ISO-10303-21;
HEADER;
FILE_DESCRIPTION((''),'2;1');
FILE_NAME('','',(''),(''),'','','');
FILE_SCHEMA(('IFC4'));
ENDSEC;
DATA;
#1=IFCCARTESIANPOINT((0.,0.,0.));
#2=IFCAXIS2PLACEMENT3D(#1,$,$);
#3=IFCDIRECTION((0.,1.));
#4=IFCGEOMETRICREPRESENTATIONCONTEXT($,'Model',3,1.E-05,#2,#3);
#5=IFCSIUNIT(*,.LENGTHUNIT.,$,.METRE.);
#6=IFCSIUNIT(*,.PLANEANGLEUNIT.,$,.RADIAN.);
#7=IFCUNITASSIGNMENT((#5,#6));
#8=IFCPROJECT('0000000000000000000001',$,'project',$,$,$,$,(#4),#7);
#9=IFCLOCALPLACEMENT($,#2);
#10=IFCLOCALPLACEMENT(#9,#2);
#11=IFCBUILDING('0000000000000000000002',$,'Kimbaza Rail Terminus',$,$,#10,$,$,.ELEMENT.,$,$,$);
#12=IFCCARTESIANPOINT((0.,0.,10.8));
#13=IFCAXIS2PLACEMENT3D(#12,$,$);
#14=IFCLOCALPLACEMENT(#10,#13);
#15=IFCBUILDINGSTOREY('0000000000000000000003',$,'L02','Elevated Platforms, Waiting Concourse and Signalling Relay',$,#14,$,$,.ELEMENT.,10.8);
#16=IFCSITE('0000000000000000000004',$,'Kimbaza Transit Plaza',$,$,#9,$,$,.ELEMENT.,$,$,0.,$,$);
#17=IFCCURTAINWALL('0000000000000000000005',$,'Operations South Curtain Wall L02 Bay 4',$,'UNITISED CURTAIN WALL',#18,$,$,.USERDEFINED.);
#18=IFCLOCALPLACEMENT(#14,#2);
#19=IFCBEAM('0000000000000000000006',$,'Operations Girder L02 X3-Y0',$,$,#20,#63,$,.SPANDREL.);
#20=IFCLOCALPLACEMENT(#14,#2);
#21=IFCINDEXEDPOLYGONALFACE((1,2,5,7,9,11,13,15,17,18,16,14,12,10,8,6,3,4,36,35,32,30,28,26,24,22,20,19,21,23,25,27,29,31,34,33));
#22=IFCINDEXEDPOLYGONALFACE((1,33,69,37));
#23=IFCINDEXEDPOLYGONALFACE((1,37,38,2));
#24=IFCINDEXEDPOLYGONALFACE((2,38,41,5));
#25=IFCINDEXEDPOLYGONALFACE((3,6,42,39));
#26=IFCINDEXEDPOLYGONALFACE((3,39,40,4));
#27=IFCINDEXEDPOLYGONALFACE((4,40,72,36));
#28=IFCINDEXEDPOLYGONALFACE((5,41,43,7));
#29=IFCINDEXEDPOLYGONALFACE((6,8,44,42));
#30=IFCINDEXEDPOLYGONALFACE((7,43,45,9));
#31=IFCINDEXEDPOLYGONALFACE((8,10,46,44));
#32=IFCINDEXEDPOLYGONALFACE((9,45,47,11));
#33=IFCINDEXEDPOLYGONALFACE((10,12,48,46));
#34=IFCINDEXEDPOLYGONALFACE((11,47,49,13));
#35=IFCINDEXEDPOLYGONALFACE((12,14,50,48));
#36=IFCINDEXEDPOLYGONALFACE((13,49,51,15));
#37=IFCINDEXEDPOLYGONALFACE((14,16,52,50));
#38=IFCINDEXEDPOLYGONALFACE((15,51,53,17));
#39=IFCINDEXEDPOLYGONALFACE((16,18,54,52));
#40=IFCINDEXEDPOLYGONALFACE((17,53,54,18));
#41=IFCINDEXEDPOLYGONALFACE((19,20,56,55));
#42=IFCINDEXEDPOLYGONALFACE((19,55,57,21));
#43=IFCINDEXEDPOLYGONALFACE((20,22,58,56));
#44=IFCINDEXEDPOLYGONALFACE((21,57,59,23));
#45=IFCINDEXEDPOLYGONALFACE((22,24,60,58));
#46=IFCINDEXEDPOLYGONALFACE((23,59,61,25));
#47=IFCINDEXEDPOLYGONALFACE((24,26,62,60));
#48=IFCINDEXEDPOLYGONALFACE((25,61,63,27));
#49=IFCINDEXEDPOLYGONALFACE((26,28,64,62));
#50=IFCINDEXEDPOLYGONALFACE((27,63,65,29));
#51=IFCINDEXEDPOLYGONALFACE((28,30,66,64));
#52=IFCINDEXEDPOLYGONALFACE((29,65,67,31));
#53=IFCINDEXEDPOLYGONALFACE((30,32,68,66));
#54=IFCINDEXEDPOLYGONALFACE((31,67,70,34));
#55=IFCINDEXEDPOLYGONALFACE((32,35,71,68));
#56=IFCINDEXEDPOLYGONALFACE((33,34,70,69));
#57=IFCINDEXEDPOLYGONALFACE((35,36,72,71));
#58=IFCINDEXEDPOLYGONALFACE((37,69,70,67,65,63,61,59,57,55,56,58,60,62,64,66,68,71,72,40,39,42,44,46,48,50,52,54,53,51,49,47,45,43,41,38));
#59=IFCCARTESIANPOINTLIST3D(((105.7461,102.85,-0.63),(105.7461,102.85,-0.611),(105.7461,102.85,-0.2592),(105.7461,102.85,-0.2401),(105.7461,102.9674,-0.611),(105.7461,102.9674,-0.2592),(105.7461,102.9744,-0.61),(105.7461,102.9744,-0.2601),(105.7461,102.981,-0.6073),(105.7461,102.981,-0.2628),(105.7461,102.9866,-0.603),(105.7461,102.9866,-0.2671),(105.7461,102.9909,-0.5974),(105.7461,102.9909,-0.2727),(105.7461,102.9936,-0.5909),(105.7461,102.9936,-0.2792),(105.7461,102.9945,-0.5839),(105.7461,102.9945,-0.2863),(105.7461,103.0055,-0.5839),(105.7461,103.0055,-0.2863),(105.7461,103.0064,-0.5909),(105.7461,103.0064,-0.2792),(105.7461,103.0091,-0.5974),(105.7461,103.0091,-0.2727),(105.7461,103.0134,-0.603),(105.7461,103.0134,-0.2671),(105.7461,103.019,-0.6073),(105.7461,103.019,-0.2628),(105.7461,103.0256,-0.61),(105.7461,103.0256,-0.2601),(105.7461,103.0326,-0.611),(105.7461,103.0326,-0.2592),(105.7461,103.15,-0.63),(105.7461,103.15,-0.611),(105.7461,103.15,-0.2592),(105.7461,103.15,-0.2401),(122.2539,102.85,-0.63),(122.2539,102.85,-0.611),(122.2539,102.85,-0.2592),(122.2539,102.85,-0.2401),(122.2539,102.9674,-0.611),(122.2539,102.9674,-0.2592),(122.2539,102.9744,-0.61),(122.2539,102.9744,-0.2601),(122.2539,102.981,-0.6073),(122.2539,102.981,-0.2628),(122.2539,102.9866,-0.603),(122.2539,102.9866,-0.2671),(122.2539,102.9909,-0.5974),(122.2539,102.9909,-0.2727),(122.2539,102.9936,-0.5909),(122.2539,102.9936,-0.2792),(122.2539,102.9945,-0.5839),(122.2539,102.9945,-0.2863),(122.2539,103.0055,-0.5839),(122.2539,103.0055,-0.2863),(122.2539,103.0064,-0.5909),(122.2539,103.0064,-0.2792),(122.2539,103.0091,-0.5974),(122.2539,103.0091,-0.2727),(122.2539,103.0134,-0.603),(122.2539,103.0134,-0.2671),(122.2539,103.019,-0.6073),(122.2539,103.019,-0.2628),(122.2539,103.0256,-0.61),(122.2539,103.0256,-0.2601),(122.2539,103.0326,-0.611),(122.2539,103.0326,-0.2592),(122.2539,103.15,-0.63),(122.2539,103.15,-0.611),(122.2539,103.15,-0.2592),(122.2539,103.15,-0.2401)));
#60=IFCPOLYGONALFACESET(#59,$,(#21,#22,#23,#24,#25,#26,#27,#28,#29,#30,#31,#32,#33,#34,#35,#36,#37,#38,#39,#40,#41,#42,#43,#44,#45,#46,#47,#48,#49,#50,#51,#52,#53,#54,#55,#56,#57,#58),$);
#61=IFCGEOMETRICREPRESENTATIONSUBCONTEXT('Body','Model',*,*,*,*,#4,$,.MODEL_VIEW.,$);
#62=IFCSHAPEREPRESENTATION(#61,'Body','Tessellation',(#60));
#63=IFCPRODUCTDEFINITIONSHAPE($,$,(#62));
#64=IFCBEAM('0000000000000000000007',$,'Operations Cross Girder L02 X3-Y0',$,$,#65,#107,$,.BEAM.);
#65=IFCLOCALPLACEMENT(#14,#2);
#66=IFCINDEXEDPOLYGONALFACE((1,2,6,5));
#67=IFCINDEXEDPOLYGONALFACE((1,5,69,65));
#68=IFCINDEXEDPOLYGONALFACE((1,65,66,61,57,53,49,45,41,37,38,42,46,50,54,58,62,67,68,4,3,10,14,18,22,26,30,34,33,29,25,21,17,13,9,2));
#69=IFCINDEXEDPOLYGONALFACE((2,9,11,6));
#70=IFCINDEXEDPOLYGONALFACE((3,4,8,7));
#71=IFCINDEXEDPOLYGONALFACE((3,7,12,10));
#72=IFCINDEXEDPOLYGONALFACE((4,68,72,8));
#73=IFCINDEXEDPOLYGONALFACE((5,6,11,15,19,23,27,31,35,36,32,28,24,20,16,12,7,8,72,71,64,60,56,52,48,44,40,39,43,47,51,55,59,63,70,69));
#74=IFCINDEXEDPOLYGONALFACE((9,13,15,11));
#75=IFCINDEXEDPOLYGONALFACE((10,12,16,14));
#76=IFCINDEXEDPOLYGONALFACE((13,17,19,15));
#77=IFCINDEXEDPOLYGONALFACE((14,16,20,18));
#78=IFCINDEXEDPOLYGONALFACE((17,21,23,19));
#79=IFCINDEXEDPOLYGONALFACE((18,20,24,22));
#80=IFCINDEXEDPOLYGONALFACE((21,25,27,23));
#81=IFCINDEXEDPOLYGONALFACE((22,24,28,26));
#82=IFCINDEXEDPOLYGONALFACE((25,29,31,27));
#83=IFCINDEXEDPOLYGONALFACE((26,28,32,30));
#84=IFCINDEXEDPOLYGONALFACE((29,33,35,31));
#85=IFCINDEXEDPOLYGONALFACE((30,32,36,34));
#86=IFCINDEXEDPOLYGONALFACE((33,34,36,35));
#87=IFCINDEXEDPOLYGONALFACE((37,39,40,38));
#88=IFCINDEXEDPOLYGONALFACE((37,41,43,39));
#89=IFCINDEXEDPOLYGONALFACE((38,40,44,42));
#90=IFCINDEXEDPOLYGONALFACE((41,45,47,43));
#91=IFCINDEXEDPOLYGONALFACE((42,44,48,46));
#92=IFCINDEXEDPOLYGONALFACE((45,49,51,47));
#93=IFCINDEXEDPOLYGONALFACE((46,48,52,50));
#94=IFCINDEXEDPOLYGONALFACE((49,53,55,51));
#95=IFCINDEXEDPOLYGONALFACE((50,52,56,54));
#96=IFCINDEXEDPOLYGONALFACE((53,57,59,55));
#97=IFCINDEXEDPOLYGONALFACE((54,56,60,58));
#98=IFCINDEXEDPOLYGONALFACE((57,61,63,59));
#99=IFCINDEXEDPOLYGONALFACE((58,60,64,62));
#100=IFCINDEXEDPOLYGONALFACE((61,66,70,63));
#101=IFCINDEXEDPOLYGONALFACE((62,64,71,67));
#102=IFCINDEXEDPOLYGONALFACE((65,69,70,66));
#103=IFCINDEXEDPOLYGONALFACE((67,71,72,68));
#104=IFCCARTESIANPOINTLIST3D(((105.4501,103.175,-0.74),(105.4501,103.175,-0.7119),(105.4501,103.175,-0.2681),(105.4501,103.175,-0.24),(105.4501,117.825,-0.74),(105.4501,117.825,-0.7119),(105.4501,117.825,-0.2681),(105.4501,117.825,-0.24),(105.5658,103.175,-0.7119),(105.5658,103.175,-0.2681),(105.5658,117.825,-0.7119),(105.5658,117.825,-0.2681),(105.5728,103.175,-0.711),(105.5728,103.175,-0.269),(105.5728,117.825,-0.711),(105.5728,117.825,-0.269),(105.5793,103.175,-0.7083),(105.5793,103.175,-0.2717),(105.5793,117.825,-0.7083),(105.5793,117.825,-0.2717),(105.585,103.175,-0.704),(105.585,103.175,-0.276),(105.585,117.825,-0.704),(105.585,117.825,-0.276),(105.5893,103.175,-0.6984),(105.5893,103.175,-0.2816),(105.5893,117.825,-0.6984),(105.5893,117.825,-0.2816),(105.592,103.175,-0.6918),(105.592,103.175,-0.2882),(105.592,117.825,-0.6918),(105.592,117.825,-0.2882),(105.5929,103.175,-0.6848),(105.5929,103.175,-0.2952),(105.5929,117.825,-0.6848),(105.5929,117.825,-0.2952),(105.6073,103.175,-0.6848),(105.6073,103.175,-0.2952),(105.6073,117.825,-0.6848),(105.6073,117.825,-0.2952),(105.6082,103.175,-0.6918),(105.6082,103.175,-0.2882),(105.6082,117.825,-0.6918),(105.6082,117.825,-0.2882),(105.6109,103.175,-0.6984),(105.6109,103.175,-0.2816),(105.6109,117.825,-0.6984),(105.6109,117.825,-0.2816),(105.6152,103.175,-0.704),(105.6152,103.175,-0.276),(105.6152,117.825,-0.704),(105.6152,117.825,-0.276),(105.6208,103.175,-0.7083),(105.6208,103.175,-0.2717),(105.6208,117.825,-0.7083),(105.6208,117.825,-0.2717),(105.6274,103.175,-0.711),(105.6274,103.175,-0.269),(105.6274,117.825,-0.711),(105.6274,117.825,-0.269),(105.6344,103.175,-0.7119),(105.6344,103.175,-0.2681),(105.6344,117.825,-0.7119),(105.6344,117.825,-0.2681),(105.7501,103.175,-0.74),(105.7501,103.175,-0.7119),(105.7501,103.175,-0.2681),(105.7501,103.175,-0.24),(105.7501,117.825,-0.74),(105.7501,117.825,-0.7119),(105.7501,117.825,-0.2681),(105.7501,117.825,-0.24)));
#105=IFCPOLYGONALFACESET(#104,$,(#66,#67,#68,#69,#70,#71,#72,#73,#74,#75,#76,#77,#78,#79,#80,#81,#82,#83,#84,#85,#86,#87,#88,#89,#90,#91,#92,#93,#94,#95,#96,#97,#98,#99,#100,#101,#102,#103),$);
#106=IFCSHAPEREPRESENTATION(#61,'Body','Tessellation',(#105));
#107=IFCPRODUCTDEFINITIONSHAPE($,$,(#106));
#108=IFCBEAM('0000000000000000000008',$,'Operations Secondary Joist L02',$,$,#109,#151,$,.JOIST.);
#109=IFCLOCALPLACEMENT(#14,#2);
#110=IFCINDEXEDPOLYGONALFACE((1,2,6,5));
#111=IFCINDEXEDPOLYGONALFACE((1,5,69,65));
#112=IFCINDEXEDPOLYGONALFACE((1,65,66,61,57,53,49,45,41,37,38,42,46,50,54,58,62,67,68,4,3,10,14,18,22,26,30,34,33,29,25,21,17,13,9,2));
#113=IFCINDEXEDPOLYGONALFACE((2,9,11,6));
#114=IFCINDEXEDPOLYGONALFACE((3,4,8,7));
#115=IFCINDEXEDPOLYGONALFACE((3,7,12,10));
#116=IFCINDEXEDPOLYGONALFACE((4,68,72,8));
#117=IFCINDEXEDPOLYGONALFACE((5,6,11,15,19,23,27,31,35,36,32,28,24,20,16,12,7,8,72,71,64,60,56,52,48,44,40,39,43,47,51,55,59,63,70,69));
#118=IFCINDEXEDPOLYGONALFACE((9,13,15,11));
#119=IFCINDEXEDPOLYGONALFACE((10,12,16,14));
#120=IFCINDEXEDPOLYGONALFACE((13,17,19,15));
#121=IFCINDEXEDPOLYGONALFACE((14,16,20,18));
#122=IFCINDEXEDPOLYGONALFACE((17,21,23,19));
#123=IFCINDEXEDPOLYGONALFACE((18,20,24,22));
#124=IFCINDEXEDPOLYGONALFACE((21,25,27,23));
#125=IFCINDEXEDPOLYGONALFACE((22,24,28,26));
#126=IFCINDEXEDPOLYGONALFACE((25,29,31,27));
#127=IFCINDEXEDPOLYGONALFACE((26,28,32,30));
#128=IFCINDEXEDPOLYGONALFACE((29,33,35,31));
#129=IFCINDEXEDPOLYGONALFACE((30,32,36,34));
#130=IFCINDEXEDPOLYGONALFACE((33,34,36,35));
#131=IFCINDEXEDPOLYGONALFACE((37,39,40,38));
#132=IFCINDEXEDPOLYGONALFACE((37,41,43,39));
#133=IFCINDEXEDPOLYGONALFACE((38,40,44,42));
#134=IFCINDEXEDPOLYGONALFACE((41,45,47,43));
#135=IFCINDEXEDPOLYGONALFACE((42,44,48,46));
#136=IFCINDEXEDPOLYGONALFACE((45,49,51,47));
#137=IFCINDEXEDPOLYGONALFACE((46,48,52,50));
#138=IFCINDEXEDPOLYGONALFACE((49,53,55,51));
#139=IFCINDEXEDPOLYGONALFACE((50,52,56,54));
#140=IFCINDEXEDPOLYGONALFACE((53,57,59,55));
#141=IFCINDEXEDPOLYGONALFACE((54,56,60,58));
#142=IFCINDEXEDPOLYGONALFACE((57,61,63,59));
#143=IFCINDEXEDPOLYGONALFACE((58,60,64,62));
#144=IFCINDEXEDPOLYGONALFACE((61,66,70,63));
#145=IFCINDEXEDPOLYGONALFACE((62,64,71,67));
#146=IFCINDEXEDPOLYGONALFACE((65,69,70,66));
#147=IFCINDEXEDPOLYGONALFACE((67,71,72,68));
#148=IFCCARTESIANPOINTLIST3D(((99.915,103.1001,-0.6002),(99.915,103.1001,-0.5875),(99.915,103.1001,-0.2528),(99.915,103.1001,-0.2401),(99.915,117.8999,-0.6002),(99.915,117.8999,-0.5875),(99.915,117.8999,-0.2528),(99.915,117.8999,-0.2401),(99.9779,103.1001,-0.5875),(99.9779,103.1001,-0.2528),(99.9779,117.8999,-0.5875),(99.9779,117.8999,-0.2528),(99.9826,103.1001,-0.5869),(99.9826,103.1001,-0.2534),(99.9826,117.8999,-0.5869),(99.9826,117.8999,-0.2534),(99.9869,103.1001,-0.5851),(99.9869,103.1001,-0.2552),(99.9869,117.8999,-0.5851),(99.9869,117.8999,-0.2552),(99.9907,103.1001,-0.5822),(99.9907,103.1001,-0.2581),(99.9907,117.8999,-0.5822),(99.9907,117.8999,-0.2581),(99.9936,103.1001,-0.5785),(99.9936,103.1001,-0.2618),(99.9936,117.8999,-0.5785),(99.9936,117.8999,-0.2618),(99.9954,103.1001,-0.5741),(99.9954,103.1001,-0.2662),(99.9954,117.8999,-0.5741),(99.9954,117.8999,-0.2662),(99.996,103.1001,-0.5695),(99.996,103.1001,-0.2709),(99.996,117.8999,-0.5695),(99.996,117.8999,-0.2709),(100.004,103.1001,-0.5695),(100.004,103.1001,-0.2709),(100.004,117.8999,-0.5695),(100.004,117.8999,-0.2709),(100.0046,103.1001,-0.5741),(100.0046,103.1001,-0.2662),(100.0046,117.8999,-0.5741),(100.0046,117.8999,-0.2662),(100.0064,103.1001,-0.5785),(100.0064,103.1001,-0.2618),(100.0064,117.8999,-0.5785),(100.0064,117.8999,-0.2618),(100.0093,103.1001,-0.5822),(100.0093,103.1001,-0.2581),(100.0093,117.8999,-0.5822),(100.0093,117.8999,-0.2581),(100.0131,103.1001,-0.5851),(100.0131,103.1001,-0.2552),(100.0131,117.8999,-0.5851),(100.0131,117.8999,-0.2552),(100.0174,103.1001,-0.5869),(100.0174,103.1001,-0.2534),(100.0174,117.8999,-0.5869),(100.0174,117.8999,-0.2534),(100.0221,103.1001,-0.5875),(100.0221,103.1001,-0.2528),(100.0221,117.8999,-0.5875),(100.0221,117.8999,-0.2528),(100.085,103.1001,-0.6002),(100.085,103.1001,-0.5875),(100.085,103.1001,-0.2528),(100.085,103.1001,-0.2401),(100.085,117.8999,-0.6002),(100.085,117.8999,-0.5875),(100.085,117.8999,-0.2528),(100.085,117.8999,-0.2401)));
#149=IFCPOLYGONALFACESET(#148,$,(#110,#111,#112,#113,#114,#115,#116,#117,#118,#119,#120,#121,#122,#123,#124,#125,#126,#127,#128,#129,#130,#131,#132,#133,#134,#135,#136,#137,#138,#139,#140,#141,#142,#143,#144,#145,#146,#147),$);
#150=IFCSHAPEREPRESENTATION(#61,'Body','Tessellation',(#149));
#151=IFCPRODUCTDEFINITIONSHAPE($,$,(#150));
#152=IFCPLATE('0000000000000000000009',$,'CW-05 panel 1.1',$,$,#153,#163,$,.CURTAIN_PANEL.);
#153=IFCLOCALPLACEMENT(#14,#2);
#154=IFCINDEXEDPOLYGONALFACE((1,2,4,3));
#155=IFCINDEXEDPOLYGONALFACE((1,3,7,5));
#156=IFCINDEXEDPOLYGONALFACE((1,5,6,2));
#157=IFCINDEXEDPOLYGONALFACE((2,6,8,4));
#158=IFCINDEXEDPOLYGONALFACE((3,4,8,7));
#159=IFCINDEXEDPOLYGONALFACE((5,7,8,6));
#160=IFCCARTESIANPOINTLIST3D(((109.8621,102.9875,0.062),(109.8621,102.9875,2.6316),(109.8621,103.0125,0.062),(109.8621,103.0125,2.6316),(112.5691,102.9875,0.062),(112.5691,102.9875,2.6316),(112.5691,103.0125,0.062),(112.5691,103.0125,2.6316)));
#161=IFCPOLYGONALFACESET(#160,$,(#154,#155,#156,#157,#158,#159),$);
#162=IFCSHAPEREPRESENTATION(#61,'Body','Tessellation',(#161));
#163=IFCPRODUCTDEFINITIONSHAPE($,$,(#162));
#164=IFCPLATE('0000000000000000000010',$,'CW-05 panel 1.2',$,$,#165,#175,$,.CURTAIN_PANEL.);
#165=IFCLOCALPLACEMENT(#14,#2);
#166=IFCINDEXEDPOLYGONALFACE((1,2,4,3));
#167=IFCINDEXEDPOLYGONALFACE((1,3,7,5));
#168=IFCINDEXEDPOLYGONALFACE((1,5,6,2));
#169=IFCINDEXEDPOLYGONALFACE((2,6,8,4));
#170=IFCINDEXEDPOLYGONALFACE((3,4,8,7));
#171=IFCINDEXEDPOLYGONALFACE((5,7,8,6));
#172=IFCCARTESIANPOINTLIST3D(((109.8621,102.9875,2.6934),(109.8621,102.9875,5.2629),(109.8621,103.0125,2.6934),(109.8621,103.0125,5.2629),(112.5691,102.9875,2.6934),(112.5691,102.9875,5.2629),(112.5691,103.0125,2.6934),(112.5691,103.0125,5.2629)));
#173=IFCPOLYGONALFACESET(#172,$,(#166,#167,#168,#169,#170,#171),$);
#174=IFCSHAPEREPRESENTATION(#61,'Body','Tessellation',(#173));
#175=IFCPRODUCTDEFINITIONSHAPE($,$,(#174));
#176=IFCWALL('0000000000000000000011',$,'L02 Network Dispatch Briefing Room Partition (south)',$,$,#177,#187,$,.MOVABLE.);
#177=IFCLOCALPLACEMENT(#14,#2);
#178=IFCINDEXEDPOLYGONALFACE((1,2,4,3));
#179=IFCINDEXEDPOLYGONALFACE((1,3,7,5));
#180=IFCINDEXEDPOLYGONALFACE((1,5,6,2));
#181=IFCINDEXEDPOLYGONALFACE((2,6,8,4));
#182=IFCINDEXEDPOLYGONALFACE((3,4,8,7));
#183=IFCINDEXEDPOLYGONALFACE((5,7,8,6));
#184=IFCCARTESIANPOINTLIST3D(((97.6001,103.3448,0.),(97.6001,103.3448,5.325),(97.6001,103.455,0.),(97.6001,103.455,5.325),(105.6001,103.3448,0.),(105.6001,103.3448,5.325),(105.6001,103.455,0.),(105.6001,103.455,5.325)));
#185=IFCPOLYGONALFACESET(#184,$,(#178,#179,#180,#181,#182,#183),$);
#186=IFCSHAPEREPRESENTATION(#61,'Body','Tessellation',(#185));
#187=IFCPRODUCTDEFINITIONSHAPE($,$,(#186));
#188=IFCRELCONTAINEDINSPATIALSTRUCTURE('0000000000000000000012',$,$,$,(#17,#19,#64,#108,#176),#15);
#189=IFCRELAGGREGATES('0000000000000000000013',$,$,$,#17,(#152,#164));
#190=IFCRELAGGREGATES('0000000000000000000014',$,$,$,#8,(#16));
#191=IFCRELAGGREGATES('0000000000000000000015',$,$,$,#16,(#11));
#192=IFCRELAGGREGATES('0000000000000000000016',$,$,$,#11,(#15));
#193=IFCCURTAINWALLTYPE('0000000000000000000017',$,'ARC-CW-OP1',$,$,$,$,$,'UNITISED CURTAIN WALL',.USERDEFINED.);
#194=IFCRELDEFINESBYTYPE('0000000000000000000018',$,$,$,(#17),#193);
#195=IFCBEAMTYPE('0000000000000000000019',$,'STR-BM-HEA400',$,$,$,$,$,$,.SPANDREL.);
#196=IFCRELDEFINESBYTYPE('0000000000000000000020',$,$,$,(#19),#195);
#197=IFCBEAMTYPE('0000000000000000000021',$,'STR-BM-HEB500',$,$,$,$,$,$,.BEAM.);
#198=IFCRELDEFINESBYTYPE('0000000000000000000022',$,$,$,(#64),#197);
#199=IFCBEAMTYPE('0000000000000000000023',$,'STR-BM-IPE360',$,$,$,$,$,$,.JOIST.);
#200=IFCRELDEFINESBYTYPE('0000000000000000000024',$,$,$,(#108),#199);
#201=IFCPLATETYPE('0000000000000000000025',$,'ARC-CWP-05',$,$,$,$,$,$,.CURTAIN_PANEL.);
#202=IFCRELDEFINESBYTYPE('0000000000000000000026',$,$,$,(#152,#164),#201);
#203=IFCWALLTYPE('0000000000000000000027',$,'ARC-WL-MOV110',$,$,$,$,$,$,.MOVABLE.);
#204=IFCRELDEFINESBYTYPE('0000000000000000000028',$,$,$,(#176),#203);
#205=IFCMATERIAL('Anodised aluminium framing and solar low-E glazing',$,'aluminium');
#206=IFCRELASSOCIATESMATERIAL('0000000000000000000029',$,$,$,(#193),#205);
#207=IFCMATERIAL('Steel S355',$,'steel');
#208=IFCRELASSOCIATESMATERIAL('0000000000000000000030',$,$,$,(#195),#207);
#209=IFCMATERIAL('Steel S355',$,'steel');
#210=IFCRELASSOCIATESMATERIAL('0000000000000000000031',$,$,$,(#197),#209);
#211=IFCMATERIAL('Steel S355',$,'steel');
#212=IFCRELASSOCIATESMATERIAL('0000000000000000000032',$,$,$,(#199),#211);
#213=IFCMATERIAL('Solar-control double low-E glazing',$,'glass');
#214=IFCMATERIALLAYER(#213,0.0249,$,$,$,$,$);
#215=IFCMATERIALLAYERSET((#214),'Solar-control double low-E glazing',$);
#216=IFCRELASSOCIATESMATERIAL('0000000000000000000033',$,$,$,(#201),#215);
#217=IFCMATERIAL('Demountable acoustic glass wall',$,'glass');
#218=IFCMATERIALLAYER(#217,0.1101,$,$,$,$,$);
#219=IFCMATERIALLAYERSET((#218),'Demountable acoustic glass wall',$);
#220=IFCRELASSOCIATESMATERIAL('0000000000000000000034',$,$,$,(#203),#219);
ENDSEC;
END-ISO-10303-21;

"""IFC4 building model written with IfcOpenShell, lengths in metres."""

from ifc_helpers import new_model, si_unit, direction, frame, frame_2d, origin, origin_2d, place, context, subcontext, project, spatial, rectangle, i_section, extrude, material, layer, layer_set, material_profile, profile_set, type_object, element, aggregate, save


model = new_model("IFC4")

# Units and contexts
model_context = context("Model", 3, precision=1e-05, world=origin(), true_north=direction((0.0, 1.0)))
body_context = subcontext(model_context, "Body", "Model", "MODEL_VIEW")
ifc_project = project(units=[si_unit("LENGTHUNIT", "METRE"), si_unit("PLANEANGLEUNIT", "RADIAN")], contexts=[model_context])

# Site, building, storey
site_placement = place(None, origin())
site = spatial("IfcSite", under=ifc_project, at=site_placement, Name="Kimbaza Transit Plaza", CompositionType="ELEMENT", RefElevation=0.0)
building_placement = place(site_placement, origin())
building = spatial("IfcBuilding", under=site, at=building_placement, Name="Kimbaza Rail Terminus", CompositionType="ELEMENT")
storey_placement = place(building_placement, frame((0.0, 0.0, 10.8)))
storey = spatial("IfcBuildingStorey", under=building, at=storey_placement, Name="L02", Description="Elevated Platforms, Waiting Concourse and Signalling Relay", CompositionType="ELEMENT", Elevation=10.8)

# Curtain wall
ifc_material_1 = material(Name="Anodised aluminium framing and solar low-E glazing", Category="aluminium")
curtain_wall_type = type_object("IfcCurtainWallType", Name="ARC-CW-OP1", ElementType="UNITISED CURTAIN WALL", PredefinedType="USERDEFINED", material=ifc_material_1)
curtain_wall_placement = place(storey_placement, origin())
curtain_wall = element("IfcCurtainWall", 1, at=curtain_wall_placement, inside=storey, type_object=curtain_wall_type, Name="Operations South Curtain Wall L02 Bay 4", ObjectType="UNITISED CURTAIN WALL", PredefinedType="USERDEFINED")

# Beams
ifc_material_2 = material(Name="Steel S355", Category="steel")
ifc_material_profile_1 = material_profile(ifc_material_2, i_section(OverallWidth=0.3, OverallDepth=0.3899, WebThickness=0.011, FlangeThickness=0.019, FilletRadius=0.0271, at=origin_2d()), Name="HEA 400")
ifc_profile_set_1 = profile_set([ifc_material_profile_1], Name="Steel S355")
beam_type_1 = type_object("IfcBeamType", Name="STR-BM-HEA400", PredefinedType="SPANDREL", material=ifc_profile_set_1)
beam_1_placement = place(storey_placement, frame((105.7461, 103.0, -0.4351), z_axis=(1.0, 0.0, 0.0), x_axis=(0.0, 1.0, 0.0)))
element("IfcBeam", 2, at=beam_1_placement, inside=storey, type_object=beam_type_1, Name="Operations Girder L02 X3-Y0", PredefinedType="SPANDREL", context=body_context, shape_type="SweptSolid", body=[
    extrude(i_section(OverallWidth=0.3, OverallDepth=0.3899, WebThickness=0.011, FlangeThickness=0.019, FilletRadius=0.0271, at=origin_2d()), origin(), (0.0, 0.0, 1.0), 16.5078),
])
ifc_material_3 = material(Name="Steel S355", Category="steel")
ifc_material_profile_2 = material_profile(ifc_material_3, i_section(OverallWidth=0.3, OverallDepth=0.5, WebThickness=0.0144, FlangeThickness=0.0281, FilletRadius=0.0271, at=origin_2d()), Name="HEB 500")
ifc_profile_set_2 = profile_set([ifc_material_profile_2], Name="Steel S355")
beam_type_2 = type_object("IfcBeamType", Name="STR-BM-HEB500", PredefinedType="BEAM", material=ifc_profile_set_2)
beam_2_placement = place(storey_placement, frame((105.6001, 103.175, -0.49), z_axis=(0.0, 1.0, 0.0), x_axis=(-1.0, 0.0, 0.0)))
element("IfcBeam", 3, at=beam_2_placement, inside=storey, type_object=beam_type_2, Name="Operations Cross Girder L02 X3-Y0", PredefinedType="BEAM", context=body_context, shape_type="SweptSolid", body=[
    extrude(i_section(OverallWidth=0.3, OverallDepth=0.5, WebThickness=0.0144, FlangeThickness=0.0281, FilletRadius=0.0271, at=origin_2d()), origin(), (0.0, 0.0, 1.0), 14.6499),
])
ifc_material_4 = material(Name="Steel S355", Category="steel")
ifc_material_profile_3 = material_profile(ifc_material_4, i_section(OverallWidth=0.1699, OverallDepth=0.3601, WebThickness=0.0081, FlangeThickness=0.0127, FilletRadius=0.0181, at=origin_2d()), Name="IPE 360")
ifc_profile_set_3 = profile_set([ifc_material_profile_3], Name="Steel S355")
beam_type_3 = type_object("IfcBeamType", Name="STR-BM-IPE360", PredefinedType="JOIST", material=ifc_profile_set_3)
beam_3_placement = place(storey_placement, frame((100.0, 103.1001, -0.4202), z_axis=(0.0, 1.0, 0.0), x_axis=(-1.0, 0.0, 0.0)))
element("IfcBeam", 4, at=beam_3_placement, inside=storey, type_object=beam_type_3, Name="Operations Secondary Joist L02", PredefinedType="JOIST", context=body_context, shape_type="SweptSolid", body=[
    extrude(i_section(OverallWidth=0.1699, OverallDepth=0.3601, WebThickness=0.0081, FlangeThickness=0.0127, FilletRadius=0.0181, at=origin_2d()), origin(), (0.0, 0.0, 1.0), 14.7998),
])

# Plates
ifc_material_5 = material(Name="Solar-control double low-E glazing", Category="glass")
ifc_layer_1 = layer(ifc_material_5, 0.0249)
ifc_layer_set_1 = layer_set([ifc_layer_1], Name="Solar-control double low-E glazing")
plate_type = type_object("IfcPlateType", Name="ARC-CWP-05", PredefinedType="CURTAIN_PANEL", material=ifc_layer_set_1)
plate_1_placement = place(storey_placement, frame((111.2156, 103.0, 0.062), z_axis=(0.0, 0.0, 1.0), x_axis=(1.0, 0.0, 0.0)))
plate_1 = element("IfcPlate", 5, at=plate_1_placement, type_object=plate_type, Name="CW-05 panel 1.1", PredefinedType="CURTAIN_PANEL", context=body_context, shape_type="SweptSolid", body=[
    extrude(rectangle(XDim=2.707, YDim=0.0249, at=origin_2d()), origin(), (0.0, 0.0, 1.0), 2.5696),
])
plate_2_placement = place(storey_placement, frame((111.2156, 103.0, 2.6934), z_axis=(0.0, 0.0, 1.0), x_axis=(1.0, 0.0, 0.0)))
plate_2 = element("IfcPlate", 6, at=plate_2_placement, type_object=plate_type, Name="CW-05 panel 1.2", PredefinedType="CURTAIN_PANEL", context=body_context, shape_type="SweptSolid", body=[
    extrude(rectangle(XDim=2.707, YDim=0.0249, at=origin_2d()), origin(), (0.0, 0.0, 1.0), 2.5696),
])
aggregate(curtain_wall, [plate_1, plate_2])

# Wall
ifc_material_6 = material(Name="Demountable acoustic glass wall", Category="glass")
ifc_layer_2 = layer(ifc_material_6, 0.1101)
ifc_layer_set_2 = layer_set([ifc_layer_2], Name="Demountable acoustic glass wall")
wall_type_1 = type_object("IfcWallType", Name="ARC-WL-MOV110", PredefinedType="MOVABLE", material=ifc_layer_set_2)
wall_1_placement = place(storey_placement, frame((97.6001, 103.3999, 0.0), z_axis=(0.0, 0.0, 1.0), x_axis=(1.0, 0.0, 0.0)))
element("IfcWall", 7, at=wall_1_placement, inside=storey, type_object=wall_type_1, Name="L02 Network Dispatch Briefing Room Partition (south)", PredefinedType="MOVABLE", context=body_context, shape_type="SweptSolid", body=[
    extrude(rectangle(XDim=8.0, YDim=0.1101, at=frame_2d((4.0, 0.0))), origin(), (0.0, 0.0, 1.0), 5.325),
])

save(model, "model.ifc")
